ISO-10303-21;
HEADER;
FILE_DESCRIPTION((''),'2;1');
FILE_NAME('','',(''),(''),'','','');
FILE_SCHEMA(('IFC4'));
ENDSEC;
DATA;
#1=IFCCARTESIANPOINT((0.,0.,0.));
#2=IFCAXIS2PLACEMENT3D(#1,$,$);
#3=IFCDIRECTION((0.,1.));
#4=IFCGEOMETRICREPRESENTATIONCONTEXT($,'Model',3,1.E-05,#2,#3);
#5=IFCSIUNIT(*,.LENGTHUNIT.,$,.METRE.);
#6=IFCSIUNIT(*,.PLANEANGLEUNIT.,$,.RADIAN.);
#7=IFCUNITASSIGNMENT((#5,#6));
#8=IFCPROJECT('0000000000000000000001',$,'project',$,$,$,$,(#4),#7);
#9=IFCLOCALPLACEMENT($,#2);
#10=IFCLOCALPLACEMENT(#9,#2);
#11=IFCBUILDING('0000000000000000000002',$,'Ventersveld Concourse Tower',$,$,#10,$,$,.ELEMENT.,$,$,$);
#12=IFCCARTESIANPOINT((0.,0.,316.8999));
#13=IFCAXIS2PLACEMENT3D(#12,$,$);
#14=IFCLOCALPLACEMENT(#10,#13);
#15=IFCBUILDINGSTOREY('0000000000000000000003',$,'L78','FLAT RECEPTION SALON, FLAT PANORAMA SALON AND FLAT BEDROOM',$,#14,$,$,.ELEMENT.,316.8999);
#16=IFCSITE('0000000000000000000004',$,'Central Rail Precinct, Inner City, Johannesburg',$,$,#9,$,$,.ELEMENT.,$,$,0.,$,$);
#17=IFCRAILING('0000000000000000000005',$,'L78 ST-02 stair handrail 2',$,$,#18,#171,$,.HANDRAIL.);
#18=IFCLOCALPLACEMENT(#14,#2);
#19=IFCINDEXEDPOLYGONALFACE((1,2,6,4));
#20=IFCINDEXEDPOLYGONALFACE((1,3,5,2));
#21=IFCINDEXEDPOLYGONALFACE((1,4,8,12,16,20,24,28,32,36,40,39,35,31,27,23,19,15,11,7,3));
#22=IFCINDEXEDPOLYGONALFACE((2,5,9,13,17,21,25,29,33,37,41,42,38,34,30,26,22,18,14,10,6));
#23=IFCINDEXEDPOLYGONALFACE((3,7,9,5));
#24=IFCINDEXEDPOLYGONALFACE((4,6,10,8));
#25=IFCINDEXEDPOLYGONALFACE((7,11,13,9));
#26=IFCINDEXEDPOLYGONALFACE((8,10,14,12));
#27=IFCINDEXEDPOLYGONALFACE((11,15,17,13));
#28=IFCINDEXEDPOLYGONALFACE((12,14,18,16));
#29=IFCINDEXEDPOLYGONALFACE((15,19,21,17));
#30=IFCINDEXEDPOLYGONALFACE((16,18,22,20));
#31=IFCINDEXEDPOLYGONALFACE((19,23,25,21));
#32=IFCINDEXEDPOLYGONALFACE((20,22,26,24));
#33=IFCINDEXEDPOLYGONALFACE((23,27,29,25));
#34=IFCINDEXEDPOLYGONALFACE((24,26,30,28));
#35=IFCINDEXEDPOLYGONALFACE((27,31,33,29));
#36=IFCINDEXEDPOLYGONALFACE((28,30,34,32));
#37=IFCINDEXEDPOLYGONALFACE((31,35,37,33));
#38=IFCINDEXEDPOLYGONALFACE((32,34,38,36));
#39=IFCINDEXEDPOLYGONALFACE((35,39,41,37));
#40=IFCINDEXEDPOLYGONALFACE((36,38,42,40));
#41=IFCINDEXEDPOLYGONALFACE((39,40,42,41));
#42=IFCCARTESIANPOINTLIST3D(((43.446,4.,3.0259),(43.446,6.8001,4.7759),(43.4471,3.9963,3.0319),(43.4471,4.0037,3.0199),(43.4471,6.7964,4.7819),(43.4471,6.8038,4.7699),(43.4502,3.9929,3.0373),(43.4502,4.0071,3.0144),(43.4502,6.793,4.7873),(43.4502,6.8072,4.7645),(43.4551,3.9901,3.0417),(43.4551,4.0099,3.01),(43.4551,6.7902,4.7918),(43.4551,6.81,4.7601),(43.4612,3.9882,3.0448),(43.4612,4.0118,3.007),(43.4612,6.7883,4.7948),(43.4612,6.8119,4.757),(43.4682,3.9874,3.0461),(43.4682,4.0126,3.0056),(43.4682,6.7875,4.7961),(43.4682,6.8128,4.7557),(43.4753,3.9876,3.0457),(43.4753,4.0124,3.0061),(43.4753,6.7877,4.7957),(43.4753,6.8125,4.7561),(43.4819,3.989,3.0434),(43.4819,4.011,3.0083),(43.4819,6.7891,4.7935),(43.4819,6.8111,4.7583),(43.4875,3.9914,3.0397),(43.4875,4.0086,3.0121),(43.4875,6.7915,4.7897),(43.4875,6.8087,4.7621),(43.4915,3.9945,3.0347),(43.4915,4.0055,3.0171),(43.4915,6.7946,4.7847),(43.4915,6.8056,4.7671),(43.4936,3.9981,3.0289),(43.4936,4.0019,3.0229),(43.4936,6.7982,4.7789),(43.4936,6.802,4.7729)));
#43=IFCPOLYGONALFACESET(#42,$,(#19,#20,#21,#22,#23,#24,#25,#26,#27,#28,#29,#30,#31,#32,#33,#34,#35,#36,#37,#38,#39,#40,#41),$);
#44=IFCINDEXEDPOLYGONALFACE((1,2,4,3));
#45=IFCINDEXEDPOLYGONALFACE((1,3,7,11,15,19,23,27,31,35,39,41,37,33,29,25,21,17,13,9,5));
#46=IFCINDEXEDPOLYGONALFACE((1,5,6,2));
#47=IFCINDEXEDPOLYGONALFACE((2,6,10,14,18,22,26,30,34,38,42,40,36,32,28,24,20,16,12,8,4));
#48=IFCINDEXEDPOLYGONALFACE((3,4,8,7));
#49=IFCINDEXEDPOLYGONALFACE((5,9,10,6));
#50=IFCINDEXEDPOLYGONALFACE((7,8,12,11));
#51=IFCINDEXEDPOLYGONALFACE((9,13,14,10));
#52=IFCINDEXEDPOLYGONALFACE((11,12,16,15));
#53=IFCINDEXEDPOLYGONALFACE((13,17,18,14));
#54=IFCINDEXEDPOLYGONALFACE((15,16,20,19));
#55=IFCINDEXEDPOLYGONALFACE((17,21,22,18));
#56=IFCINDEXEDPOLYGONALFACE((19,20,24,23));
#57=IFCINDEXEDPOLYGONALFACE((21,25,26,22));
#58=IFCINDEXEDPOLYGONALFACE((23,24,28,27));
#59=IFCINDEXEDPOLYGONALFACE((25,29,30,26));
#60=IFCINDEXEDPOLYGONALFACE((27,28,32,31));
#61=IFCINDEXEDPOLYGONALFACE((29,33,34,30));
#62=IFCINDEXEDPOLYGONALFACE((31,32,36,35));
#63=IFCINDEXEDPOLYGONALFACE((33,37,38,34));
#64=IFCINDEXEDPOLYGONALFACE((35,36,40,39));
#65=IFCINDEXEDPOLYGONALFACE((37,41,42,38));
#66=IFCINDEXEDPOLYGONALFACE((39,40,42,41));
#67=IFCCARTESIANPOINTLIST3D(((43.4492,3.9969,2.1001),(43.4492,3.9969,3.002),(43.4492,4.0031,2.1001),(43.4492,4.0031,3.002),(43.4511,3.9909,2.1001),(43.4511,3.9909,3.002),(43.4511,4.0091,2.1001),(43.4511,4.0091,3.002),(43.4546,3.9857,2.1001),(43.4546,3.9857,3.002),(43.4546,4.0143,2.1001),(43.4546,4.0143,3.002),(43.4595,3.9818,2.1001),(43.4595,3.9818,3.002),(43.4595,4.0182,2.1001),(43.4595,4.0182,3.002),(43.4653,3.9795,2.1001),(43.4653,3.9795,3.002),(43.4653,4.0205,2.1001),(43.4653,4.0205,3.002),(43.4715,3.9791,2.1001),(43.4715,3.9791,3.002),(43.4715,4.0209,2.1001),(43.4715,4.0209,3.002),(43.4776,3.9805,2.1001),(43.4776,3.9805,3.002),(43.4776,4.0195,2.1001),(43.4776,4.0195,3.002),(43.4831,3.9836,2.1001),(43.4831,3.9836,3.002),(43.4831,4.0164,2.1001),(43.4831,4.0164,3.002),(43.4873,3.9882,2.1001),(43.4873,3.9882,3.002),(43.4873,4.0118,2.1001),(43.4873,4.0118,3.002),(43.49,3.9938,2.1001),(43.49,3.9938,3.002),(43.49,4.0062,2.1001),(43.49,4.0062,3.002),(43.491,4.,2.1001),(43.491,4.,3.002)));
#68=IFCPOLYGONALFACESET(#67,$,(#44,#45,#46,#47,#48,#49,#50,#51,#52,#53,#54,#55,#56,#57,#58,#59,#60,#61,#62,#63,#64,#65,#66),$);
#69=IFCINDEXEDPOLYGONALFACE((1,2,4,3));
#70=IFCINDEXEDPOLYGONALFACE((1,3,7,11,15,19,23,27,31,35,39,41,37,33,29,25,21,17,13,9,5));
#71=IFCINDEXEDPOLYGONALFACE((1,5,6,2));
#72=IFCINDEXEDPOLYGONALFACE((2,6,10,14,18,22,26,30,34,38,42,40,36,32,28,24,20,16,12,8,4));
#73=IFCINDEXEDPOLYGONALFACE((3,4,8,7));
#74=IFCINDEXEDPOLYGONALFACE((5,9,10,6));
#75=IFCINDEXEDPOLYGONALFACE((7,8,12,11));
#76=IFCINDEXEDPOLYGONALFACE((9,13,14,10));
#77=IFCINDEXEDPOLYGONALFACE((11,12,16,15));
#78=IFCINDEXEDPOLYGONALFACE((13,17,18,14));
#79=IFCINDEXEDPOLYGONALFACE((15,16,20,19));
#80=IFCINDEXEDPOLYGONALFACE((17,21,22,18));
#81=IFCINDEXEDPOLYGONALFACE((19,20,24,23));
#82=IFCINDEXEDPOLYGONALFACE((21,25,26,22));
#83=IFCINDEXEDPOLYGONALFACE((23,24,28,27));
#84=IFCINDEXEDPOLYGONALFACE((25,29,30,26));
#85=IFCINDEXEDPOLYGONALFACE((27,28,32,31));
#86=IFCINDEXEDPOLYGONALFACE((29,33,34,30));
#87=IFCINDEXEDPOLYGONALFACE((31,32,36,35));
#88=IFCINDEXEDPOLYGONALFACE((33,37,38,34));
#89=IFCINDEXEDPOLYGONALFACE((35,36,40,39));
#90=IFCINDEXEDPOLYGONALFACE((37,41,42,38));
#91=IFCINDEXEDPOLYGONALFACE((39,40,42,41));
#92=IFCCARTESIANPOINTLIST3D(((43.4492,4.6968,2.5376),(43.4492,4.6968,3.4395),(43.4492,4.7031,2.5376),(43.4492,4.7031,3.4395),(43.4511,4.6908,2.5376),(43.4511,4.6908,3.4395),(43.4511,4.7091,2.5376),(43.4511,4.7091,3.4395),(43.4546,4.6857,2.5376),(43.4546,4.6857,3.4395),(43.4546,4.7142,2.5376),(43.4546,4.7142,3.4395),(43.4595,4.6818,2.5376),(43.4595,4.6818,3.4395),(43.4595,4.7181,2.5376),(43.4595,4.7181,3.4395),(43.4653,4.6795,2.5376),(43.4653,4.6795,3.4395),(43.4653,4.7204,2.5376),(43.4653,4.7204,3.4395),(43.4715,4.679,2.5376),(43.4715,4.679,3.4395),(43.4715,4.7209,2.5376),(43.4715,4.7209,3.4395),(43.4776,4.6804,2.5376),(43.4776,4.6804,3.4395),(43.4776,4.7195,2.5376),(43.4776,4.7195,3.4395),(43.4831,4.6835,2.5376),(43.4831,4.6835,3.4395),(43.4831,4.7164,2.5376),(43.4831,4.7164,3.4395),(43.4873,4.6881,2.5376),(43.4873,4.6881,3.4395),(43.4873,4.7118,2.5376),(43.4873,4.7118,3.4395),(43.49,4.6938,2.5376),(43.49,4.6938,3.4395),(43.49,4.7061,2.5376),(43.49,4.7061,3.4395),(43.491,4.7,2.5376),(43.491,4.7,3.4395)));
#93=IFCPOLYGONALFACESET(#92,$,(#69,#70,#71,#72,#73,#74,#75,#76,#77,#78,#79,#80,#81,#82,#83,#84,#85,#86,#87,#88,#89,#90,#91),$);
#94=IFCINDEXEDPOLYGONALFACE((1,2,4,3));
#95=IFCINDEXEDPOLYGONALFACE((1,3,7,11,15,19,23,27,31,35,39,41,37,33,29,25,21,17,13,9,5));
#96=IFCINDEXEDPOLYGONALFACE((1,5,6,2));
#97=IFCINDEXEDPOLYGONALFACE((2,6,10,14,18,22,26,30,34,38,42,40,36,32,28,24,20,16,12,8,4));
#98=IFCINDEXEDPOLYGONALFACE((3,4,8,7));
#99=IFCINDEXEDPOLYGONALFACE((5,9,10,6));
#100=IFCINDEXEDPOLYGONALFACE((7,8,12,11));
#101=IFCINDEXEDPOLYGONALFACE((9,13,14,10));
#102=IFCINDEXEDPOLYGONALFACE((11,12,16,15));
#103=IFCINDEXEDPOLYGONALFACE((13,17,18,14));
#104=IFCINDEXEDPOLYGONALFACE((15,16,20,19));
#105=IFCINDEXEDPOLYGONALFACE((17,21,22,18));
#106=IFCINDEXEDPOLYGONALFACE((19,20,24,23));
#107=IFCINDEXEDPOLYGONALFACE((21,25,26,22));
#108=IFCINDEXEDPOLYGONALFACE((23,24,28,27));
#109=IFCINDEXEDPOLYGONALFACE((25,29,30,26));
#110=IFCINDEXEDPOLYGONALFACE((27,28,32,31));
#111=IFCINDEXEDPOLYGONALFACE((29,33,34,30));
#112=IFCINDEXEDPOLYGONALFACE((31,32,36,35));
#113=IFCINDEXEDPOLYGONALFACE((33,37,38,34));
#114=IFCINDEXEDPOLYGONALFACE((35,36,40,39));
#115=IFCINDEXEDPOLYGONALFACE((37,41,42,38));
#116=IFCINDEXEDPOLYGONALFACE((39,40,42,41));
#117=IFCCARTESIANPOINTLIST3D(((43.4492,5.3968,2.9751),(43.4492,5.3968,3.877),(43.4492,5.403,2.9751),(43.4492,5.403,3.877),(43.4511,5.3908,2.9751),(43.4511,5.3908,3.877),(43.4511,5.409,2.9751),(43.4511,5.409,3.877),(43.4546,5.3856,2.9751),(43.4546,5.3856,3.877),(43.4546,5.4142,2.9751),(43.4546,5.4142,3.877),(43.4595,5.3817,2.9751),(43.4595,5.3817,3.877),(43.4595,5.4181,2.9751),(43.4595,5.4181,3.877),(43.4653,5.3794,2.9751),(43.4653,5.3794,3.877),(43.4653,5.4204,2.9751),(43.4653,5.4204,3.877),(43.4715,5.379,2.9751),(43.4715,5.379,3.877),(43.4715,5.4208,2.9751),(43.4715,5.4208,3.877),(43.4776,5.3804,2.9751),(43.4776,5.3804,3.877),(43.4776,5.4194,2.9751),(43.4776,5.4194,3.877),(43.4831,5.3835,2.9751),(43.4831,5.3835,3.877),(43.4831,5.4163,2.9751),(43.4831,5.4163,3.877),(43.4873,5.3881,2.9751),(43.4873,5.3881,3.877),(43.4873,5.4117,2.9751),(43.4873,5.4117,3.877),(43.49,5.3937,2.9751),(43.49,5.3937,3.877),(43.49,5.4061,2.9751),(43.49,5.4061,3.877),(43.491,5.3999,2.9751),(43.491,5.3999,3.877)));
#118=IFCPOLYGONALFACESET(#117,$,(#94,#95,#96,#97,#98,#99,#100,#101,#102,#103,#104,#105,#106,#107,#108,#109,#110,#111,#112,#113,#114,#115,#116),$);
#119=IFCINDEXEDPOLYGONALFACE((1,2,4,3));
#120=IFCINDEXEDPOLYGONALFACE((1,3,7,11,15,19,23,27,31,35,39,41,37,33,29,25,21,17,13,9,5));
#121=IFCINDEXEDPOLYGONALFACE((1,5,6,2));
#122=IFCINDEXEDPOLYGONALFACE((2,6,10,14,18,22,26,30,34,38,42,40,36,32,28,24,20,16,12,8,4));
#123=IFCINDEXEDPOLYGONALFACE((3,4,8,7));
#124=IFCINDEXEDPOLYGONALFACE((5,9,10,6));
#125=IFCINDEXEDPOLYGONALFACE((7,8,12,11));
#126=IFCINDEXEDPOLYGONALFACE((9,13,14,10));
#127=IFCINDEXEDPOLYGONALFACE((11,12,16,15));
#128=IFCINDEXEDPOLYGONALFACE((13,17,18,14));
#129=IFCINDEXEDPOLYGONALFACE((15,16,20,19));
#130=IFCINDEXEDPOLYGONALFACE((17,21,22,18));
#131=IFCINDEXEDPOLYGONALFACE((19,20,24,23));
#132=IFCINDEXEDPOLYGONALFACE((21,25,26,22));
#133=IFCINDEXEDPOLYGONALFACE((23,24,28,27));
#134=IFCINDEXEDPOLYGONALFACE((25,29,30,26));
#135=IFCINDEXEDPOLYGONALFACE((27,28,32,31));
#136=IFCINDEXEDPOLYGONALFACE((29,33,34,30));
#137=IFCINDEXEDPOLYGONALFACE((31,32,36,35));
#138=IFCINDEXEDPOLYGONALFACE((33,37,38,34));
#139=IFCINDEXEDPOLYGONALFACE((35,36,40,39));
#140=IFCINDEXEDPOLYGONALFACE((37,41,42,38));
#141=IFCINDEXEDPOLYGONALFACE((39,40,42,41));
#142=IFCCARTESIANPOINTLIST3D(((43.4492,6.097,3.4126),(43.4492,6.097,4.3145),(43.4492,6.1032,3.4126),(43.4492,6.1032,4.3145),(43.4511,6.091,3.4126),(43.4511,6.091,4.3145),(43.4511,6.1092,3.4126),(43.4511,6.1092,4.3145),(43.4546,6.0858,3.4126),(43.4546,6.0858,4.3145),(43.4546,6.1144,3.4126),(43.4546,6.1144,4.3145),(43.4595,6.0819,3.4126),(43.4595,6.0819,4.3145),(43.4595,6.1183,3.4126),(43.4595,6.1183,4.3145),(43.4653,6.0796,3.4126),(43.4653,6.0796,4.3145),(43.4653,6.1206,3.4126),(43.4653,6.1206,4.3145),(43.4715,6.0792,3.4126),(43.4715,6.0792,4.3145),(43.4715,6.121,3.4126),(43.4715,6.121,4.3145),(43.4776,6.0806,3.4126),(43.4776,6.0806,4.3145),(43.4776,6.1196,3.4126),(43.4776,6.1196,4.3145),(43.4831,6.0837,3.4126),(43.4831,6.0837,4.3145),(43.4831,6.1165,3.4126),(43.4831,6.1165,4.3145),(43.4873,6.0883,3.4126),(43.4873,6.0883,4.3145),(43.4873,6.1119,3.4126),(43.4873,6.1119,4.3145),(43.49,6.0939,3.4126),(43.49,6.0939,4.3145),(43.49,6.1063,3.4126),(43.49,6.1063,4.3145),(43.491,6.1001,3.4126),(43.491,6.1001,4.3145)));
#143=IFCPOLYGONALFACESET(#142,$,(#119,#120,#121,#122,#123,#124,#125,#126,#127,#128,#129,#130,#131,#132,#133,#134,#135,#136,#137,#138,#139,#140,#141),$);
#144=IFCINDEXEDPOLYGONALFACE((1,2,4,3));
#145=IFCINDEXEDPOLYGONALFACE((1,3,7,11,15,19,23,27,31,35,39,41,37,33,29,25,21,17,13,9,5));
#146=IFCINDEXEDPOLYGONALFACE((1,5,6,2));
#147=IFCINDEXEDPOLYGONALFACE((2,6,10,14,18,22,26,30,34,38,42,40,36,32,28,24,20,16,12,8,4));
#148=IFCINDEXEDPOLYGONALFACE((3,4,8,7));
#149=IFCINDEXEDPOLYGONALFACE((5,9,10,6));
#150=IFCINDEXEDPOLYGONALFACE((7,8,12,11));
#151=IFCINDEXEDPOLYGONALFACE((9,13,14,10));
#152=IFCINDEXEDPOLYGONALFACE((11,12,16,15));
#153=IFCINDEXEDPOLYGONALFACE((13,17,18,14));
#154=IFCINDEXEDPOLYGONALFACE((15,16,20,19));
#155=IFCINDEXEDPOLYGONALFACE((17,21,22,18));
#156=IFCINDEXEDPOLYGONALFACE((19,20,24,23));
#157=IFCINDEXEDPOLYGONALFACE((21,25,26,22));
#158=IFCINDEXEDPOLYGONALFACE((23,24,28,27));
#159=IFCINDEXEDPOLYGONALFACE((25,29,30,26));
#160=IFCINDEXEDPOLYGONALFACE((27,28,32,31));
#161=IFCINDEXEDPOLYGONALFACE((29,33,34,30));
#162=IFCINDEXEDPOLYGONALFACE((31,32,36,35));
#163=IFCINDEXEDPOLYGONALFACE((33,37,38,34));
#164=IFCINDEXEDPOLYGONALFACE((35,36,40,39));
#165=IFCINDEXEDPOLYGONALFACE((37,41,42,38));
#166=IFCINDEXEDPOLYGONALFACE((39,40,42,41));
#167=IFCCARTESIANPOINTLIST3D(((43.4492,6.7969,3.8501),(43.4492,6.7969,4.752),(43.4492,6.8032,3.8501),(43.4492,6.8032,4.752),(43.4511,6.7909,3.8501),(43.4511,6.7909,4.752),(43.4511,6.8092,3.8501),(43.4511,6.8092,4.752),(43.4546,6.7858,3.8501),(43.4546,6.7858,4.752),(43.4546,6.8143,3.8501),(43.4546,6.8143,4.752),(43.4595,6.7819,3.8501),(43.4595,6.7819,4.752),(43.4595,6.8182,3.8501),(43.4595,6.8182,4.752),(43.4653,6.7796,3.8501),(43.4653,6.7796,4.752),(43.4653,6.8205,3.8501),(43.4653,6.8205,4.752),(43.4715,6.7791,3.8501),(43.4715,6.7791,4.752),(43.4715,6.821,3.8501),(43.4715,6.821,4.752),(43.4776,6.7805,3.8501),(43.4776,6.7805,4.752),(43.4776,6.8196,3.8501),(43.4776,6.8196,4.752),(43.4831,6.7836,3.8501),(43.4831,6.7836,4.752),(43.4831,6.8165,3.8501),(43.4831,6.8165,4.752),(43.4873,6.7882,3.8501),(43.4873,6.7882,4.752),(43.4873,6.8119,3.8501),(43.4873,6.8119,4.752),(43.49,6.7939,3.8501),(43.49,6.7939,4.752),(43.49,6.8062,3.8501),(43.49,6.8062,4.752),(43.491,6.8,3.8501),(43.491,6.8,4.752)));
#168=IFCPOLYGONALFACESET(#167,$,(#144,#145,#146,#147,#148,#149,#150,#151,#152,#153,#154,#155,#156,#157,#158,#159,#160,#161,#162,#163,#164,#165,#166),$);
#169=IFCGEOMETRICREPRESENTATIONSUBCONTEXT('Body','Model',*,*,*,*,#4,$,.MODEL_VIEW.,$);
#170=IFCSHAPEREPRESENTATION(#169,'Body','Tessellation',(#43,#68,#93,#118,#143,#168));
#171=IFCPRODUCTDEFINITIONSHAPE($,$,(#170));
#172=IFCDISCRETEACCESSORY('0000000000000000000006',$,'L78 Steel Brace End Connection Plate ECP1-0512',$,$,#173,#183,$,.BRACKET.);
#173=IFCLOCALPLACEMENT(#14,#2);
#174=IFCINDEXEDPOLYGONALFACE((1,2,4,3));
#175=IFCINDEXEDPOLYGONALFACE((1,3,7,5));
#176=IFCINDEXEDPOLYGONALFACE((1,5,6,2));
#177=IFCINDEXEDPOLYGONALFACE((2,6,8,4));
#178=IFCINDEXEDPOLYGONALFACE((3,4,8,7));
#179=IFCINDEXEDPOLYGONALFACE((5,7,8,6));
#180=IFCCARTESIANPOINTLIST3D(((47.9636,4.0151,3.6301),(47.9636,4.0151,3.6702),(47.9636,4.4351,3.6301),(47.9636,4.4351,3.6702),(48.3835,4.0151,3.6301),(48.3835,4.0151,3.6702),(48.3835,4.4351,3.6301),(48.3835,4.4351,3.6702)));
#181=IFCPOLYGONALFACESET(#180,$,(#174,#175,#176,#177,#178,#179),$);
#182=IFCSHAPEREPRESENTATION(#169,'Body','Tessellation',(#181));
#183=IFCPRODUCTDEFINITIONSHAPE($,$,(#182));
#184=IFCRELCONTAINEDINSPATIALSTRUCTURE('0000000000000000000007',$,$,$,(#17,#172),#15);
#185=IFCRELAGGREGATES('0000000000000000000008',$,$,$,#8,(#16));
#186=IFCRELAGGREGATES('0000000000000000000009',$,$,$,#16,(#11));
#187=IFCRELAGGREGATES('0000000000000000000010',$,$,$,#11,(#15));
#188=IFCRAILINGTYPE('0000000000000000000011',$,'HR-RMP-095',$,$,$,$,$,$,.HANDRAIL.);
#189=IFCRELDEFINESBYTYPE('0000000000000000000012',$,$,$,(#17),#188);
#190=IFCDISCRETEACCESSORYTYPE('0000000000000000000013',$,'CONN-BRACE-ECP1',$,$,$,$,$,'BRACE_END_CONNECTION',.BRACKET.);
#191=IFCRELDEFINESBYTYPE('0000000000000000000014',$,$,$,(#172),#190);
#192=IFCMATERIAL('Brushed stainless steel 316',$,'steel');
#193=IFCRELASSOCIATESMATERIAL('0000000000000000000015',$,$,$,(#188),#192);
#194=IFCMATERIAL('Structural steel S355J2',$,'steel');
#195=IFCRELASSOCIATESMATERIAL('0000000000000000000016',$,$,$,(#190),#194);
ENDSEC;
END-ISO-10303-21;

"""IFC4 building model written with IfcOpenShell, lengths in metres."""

from ifc_helpers import new_model, si_unit, direction, frame, origin, origin_2d, place, context, subcontext, project, spatial, rectangle, circle, extrude, material, type_object, element, save


model = new_model("IFC4")

# Units and contexts
model_context = context("Model", 3, precision=1e-05, world=origin(), true_north=direction((0.0, 1.0)))
body_context = subcontext(model_context, "Body", "Model", "MODEL_VIEW")
ifc_project = project(units=[si_unit("LENGTHUNIT", "METRE"), si_unit("PLANEANGLEUNIT", "RADIAN")], contexts=[model_context])

# Site, building, storey
site_placement = place(None, origin())
site = spatial("IfcSite", under=ifc_project, at=site_placement, Name="Central Rail Precinct, Inner City, Johannesburg", CompositionType="ELEMENT", RefElevation=0.0)
building_placement = place(site_placement, origin())
building = spatial("IfcBuilding", under=site, at=building_placement, Name="Ventersveld Concourse Tower", CompositionType="ELEMENT")
storey_placement = place(building_placement, frame((0.0, 0.0, 316.8999)))
storey = spatial("IfcBuildingStorey", under=building, at=storey_placement, Name="L78", Description="FLAT RECEPTION SALON, FLAT PANORAMA SALON AND FLAT BEDROOM", CompositionType="ELEMENT", Elevation=316.8999)

# Shared definitions
ifc_material_1 = material(Name="Structural steel S355J2", Category="steel")

# Railing
ifc_material_2 = material(Name="Brushed stainless steel 316", Category="steel")
railing_type = type_object("IfcRailingType", Name="HR-RMP-095", PredefinedType="HANDRAIL", material=ifc_material_2)
railing_placement = place(storey_placement, frame((43.47, 4.0, 2.1001)))
element("IfcRailing", 1, at=railing_placement, inside=storey, type_object=railing_type, Name="L78 ST-02 stair handrail 2", PredefinedType="HANDRAIL", context=body_context, shape_type="SweptSolid", body=[
    extrude(circle(Radius=0.0239, at=origin_2d()), frame((0.0, 0.0, 0.9258), z_axis=(0.0, 0.848002, 0.529992), x_axis=(-1.0, 0.0, 0.0)), (0.0, 0.0, 1.0), 3.302),
    extrude(circle(Radius=0.021, at=origin_2d()), origin(), (0.0, 0.0, 1.0), 0.9019),
    extrude(circle(Radius=0.021, at=origin_2d()), frame((0.0, 0.7, 0.4375)), (0.0, 0.0, 1.0), 0.9019),
    extrude(circle(Radius=0.021, at=origin_2d()), frame((0.0, 1.3999, 0.875)), (0.0, 0.0, 1.0), 0.9019),
    extrude(circle(Radius=0.021, at=origin_2d()), frame((0.0, 2.1001, 1.3125)), (0.0, 0.0, 1.0), 0.9019),
    extrude(circle(Radius=0.021, at=origin_2d()), frame((0.0, 2.8, 1.75)), (0.0, 0.0, 1.0), 0.9019),
])

# Discrete accessory
discrete_accessory_type = type_object("IfcDiscreteAccessoryType", Name="CONN-BRACE-ECP1", ElementType="BRACE_END_CONNECTION", PredefinedType="BRACKET", material=ifc_material_1)
discrete_accessory_placement = place(storey_placement, frame((48.1736, 4.2251, 3.6301), z_axis=(0.0, 0.0, 1.0), x_axis=(1.0, 0.0, 0.0)))
element("IfcDiscreteAccessory", 2, at=discrete_accessory_placement, inside=storey, type_object=discrete_accessory_type, Name="L78 Steel Brace End Connection Plate ECP1-0512", PredefinedType="BRACKET", context=body_context, shape_type="SweptSolid", body=[
    extrude(rectangle(XDim=0.4199, YDim=0.4199, at=origin_2d()), origin(), (0.0, 0.0, 1.0), 0.04),
])

save(model, "model.ifc")
